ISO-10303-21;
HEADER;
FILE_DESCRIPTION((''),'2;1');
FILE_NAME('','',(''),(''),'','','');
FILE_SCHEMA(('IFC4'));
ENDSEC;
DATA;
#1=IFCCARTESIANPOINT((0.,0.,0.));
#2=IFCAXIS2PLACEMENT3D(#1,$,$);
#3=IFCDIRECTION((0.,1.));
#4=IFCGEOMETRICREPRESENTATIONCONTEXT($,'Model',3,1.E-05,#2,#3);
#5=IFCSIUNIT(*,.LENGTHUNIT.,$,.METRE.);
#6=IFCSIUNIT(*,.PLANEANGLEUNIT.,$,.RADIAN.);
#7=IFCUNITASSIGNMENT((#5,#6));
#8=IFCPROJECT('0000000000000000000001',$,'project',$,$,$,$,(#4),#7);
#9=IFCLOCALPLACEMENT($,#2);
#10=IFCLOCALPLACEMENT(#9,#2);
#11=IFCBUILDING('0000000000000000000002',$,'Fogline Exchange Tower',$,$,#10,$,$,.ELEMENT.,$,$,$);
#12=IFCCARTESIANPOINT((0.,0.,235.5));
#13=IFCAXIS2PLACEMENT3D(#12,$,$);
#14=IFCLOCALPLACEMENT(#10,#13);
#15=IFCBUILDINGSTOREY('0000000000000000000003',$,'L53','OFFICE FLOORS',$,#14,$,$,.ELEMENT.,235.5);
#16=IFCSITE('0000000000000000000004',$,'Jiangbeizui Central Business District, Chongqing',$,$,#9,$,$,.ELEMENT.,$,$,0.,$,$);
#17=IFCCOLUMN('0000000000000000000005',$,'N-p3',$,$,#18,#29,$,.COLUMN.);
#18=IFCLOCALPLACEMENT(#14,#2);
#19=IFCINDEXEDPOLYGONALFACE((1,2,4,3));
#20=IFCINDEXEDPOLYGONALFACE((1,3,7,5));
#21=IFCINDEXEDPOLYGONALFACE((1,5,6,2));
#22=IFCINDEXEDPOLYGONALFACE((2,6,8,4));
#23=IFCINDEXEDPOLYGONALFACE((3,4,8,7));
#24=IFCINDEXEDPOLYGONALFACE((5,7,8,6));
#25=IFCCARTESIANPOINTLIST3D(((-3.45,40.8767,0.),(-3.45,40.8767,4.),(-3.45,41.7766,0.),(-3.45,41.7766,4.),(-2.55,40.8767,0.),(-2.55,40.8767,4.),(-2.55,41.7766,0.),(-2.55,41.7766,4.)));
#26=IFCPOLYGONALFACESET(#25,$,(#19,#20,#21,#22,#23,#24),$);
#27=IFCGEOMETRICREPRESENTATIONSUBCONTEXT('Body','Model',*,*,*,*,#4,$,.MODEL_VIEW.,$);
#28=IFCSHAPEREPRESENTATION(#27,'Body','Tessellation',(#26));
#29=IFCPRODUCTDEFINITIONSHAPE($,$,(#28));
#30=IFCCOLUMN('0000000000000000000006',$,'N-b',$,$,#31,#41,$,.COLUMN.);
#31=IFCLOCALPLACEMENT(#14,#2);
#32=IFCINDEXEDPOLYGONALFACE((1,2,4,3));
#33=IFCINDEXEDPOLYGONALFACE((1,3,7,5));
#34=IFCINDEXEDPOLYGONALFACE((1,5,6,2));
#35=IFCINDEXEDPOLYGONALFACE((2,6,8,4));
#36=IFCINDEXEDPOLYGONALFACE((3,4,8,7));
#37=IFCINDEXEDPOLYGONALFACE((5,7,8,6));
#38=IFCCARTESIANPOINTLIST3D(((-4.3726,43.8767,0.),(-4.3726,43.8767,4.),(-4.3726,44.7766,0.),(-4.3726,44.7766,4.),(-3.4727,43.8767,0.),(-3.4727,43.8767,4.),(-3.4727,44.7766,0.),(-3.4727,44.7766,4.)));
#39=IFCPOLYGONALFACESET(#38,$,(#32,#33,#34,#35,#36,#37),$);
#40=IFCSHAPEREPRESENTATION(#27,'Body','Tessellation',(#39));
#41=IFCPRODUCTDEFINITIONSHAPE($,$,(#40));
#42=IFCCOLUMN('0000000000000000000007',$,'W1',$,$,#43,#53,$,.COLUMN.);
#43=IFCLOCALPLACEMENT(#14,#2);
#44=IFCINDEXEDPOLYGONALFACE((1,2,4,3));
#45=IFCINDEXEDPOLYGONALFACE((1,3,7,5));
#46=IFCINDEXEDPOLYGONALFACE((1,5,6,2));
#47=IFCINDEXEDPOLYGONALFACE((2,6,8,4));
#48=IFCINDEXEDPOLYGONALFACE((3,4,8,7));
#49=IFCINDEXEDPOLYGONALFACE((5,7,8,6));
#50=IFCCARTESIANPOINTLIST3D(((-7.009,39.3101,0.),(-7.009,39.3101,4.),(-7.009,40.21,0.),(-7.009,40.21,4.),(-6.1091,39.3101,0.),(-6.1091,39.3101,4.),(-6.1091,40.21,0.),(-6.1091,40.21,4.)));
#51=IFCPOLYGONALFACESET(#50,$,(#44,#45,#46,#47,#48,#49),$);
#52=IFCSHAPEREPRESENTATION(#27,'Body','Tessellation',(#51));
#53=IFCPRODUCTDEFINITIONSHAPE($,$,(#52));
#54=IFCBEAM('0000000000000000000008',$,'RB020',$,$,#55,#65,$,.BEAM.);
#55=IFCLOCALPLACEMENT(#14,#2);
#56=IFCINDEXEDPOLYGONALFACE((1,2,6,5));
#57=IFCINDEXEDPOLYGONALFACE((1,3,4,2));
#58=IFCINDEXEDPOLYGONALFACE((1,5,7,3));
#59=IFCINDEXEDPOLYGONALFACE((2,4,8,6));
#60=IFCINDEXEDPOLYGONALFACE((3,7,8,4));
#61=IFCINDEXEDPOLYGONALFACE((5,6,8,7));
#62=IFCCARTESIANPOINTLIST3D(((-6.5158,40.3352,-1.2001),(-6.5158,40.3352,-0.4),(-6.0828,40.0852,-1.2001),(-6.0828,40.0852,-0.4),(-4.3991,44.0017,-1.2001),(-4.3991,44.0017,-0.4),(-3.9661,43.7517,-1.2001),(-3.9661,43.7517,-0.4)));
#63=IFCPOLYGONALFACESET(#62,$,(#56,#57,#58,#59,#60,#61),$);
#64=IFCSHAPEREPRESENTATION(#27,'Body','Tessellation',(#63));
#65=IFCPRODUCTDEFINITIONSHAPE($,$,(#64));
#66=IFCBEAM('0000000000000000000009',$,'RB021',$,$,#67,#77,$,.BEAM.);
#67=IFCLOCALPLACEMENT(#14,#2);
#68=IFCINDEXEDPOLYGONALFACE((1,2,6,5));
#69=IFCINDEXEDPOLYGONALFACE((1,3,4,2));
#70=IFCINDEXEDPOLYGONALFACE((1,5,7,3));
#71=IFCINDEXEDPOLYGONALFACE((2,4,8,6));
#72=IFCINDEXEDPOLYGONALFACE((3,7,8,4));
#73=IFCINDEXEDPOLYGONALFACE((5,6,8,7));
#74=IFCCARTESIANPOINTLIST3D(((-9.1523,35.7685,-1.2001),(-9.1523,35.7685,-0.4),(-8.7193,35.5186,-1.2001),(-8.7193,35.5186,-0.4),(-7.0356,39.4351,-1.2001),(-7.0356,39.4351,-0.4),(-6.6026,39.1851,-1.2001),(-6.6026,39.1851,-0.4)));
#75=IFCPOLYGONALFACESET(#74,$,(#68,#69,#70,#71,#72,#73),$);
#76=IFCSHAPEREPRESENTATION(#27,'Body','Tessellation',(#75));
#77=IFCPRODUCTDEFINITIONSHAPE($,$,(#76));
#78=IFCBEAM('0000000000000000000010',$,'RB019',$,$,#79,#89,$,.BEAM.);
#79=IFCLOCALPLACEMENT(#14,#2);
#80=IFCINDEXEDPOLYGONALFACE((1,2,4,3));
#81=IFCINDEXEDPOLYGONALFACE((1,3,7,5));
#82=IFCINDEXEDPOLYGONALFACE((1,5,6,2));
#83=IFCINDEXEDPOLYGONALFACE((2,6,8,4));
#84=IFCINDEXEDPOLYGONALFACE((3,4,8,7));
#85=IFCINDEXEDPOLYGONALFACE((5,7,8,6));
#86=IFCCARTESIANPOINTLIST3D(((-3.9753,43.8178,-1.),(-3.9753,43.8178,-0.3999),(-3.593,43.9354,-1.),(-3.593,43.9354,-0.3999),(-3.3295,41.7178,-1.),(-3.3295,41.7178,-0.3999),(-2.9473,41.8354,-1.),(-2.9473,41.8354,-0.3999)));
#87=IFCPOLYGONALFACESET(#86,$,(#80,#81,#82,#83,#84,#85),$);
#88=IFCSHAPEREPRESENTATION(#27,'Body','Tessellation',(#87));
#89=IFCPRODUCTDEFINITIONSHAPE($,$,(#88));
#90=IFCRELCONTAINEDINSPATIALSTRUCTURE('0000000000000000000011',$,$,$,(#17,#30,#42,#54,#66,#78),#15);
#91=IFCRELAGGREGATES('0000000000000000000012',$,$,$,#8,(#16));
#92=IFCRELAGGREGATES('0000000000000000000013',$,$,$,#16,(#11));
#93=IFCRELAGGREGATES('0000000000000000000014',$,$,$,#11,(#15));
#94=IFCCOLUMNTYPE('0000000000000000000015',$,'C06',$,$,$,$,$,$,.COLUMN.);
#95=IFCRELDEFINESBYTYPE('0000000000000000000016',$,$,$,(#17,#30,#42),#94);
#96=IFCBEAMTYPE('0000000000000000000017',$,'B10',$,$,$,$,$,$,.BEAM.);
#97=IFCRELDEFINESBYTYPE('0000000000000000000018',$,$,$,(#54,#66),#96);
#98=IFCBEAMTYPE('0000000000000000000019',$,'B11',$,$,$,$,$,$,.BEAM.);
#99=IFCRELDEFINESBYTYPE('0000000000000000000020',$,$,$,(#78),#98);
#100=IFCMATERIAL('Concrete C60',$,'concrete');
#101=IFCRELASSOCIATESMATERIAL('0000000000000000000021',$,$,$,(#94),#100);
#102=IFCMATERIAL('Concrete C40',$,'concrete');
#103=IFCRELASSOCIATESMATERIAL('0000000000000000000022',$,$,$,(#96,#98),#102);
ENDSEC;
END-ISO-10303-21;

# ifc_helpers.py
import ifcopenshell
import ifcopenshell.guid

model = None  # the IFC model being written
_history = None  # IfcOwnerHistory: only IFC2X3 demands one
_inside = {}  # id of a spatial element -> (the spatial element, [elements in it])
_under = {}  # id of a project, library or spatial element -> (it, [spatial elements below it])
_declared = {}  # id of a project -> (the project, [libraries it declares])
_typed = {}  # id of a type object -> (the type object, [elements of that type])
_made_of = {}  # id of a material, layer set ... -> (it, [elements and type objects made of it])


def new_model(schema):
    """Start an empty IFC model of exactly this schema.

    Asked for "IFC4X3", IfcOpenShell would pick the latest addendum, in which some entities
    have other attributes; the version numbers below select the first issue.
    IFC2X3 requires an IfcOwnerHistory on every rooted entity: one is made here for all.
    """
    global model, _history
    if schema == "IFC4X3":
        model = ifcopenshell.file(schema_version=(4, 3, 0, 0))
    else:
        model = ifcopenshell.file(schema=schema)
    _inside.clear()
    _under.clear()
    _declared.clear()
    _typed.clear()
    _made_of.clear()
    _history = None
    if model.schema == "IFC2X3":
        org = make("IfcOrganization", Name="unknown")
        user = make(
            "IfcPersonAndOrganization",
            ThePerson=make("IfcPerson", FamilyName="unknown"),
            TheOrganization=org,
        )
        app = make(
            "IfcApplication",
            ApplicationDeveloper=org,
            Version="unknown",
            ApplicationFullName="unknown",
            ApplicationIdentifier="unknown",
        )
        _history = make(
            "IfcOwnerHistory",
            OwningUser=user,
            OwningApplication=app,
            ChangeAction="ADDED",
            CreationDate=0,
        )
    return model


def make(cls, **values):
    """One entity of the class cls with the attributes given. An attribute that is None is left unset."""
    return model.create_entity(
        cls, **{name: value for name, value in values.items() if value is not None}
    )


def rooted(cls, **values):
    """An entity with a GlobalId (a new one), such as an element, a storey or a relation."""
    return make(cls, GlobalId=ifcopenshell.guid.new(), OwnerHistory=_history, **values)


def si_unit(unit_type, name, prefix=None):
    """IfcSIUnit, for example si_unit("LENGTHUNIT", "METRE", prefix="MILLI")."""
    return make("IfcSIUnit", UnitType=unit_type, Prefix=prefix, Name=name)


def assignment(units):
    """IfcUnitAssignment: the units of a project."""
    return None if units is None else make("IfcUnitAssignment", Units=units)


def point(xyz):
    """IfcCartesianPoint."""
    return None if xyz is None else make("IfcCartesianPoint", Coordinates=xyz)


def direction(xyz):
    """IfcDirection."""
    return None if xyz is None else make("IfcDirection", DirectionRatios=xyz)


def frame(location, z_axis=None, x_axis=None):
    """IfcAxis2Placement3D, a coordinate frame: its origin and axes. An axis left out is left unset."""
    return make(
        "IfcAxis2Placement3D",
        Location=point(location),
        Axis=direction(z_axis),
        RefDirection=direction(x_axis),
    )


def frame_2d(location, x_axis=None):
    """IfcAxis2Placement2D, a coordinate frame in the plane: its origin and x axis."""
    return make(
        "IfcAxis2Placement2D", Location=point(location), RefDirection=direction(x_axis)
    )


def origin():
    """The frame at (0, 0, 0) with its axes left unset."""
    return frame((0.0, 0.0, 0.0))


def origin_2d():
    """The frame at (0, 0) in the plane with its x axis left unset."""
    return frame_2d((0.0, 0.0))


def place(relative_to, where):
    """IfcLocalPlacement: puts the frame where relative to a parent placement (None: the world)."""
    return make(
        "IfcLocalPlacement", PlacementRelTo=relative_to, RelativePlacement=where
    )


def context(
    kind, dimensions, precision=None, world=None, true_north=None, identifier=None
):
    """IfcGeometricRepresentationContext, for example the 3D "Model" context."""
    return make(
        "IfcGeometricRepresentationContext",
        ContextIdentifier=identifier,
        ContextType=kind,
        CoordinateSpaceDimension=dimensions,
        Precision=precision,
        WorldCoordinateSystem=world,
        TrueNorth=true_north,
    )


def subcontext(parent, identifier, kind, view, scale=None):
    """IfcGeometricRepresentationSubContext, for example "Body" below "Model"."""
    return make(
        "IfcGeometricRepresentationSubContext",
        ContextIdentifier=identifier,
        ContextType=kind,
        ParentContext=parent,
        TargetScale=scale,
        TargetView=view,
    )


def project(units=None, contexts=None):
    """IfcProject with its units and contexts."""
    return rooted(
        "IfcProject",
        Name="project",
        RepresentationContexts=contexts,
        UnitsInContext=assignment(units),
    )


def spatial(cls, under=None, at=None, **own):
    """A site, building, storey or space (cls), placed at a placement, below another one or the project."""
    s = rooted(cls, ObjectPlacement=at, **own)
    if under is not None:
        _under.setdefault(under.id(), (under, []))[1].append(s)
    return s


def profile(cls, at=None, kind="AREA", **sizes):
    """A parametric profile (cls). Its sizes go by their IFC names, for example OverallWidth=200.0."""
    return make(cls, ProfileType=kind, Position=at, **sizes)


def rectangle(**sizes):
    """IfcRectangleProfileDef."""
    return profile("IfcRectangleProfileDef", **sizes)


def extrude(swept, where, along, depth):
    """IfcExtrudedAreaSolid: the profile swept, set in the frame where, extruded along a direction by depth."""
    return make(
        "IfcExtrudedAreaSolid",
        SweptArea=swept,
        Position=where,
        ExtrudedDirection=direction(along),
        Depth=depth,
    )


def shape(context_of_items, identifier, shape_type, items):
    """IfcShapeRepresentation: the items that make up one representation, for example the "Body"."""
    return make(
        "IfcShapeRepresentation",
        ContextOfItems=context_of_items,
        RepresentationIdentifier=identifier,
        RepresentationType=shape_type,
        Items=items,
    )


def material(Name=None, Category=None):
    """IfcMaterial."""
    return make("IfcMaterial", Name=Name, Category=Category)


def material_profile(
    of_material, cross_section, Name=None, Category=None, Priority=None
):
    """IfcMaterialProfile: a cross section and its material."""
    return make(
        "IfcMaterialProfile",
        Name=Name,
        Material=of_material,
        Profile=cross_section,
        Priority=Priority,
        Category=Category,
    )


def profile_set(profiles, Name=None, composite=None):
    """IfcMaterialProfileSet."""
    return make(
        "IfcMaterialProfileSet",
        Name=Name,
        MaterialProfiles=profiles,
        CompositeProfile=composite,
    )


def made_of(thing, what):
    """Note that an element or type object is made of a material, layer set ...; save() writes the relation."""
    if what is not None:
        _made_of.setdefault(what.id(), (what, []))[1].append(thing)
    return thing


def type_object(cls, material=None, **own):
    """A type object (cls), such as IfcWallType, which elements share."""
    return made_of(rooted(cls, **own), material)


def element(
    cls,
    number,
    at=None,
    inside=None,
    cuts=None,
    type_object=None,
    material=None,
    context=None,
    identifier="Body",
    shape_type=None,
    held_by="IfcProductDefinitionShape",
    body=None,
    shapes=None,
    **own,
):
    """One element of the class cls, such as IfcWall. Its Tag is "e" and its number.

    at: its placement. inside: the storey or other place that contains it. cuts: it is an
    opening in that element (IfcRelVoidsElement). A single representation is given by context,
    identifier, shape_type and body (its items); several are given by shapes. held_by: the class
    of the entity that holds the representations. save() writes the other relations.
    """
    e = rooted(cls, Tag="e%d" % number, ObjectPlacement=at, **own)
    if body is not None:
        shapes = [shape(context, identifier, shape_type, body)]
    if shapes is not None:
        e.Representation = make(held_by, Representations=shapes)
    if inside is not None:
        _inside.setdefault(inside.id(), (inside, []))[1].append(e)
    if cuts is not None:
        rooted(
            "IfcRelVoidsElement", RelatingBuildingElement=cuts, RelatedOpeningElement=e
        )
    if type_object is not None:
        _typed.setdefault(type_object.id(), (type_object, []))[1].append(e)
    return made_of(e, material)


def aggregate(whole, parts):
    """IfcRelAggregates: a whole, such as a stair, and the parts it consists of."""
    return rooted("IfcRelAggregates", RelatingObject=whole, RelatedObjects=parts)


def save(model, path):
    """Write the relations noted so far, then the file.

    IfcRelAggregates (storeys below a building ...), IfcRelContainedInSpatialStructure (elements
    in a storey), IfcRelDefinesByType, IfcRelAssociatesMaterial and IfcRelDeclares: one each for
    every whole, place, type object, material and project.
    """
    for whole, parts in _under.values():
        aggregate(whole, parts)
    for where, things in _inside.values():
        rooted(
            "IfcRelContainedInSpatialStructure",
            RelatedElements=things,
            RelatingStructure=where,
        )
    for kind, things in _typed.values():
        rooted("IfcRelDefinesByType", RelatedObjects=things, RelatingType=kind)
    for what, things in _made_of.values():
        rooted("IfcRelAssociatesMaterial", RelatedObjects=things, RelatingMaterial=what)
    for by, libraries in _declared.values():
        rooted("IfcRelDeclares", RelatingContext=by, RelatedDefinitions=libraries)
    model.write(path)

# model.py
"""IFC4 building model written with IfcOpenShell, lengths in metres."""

from ifc_helpers import new_model, si_unit, direction, frame, origin, origin_2d, place, context, subcontext, project, spatial, rectangle, extrude, material, material_profile, profile_set, type_object, element, save


model = new_model("IFC4")

# Units and contexts
model_context = context("Model", 3, precision=1e-05, world=origin(), true_north=direction((0.0, 1.0)))
body_context = subcontext(model_context, "Body", "Model", "MODEL_VIEW")
ifc_project = project(units=[si_unit("LENGTHUNIT", "METRE"), si_unit("PLANEANGLEUNIT", "RADIAN")], contexts=[model_context])

# Site, building, storey
site_placement = place(None, origin())
site = spatial("IfcSite", under=ifc_project, at=site_placement, Name="Jiangbeizui Central Business District, Chongqing", CompositionType="ELEMENT", RefElevation=0.0)
building_placement = place(site_placement, origin())
building = spatial("IfcBuilding", under=site, at=building_placement, Name="Fogline Exchange Tower", CompositionType="ELEMENT")
storey_placement = place(building_placement, frame((0.0, 0.0, 235.5)))
storey = spatial("IfcBuildingStorey", under=building, at=storey_placement, Name="L53", Description="OFFICE FLOORS", CompositionType="ELEMENT", Elevation=235.5)

# Columns
ifc_material_1 = material(Name="Concrete C60", Category="concrete")
ifc_material_profile_1 = material_profile(ifc_material_1, rectangle(XDim=0.8999, YDim=0.8999, at=origin_2d()), Name="RC 900x900")
ifc_profile_set_1 = profile_set([ifc_material_profile_1], Name="Concrete C60")
column_type = type_object("IfcColumnType", Name="C06", PredefinedType="COLUMN", material=ifc_profile_set_1)
for number, where, z_axis, x_axis, name in (
    (1, (-3.0, 41.3267, 0.0), (0.0, 0.0, 1.0), (1.0, 0.0, 0.0), "N-p3"),
    (2, (-3.9226, 44.3267, 0.0), (0.0, 0.0, 1.0), (1.0, 0.0, 0.0), "N-b"),
    (3, (-6.5591, 39.76, 0.0), (0.0, 0.0, 1.0), (1.0, 0.0, 0.0), "W1"),
):
    element("IfcColumn", number, at=place(storey_placement, frame(where, z_axis=z_axis, x_axis=x_axis)), inside=storey, type_object=column_type, Name=name, PredefinedType="COLUMN", context=body_context, shape_type="SweptSolid", body=[
        extrude(rectangle(XDim=0.8999, YDim=0.8999, at=origin_2d()), origin(), (0.0, 0.0, 1.0), 4.0),
    ])

# Beams
ifc_material_2 = material(Name="Concrete C40", Category="concrete")
ifc_material_profile_2 = material_profile(ifc_material_2, rectangle(XDim=0.5, YDim=0.8, at=origin_2d()), Name="RC 500x800")
ifc_profile_set_2 = profile_set([ifc_material_profile_2], Name="Concrete C40")
beam_type_1 = type_object("IfcBeamType", Name="B10", PredefinedType="BEAM", material=ifc_profile_set_2)
for number, where, z_axis, x_axis, name in (
    (4, (-4.1826, 43.8767, -0.8), (-0.499972, -0.866042, 0.0), (0.866042, -0.499972, 0.0), "RB020"),
    (5, (-6.8191, 39.3101, -0.8), (-0.499972, -0.866042, 0.0), (0.866042, -0.499972, 0.0), "RB021"),
):
    element("IfcBeam", number, at=place(storey_placement, frame(where, z_axis=z_axis, x_axis=x_axis)), inside=storey, type_object=beam_type_1, Name=name, PredefinedType="BEAM", context=body_context, shape_type="SweptSolid", body=[
        extrude(rectangle(XDim=0.5, YDim=0.8, at=origin_2d()), origin(), (0.0, 0.0, 1.0), 4.2336),
    ])
ifc_material_profile_3 = material_profile(ifc_material_2, rectangle(XDim=0.3999, YDim=0.6001, at=origin_2d()), Name="RC 400x600")
ifc_profile_set_3 = profile_set([ifc_material_profile_3], Name="Concrete C40")
beam_type_2 = type_object("IfcBeamType", Name="B11", PredefinedType="BEAM", material=ifc_profile_set_3)
beam_placement = place(storey_placement, frame((-3.1384, 41.7766, -0.7), z_axis=(-0.293906, 0.955834, 0.0), x_axis=(-0.955834, -0.293906, 0.0)))
element("IfcBeam", 6, at=beam_placement, inside=storey, type_object=beam_type_2, Name="RB019", PredefinedType="BEAM", context=body_context, shape_type="SweptSolid", body=[
    extrude(rectangle(XDim=0.3999, YDim=0.6001, at=origin_2d()), origin(), (0.0, 0.0, 1.0), 2.197),
])

save(model, "model.ifc")
